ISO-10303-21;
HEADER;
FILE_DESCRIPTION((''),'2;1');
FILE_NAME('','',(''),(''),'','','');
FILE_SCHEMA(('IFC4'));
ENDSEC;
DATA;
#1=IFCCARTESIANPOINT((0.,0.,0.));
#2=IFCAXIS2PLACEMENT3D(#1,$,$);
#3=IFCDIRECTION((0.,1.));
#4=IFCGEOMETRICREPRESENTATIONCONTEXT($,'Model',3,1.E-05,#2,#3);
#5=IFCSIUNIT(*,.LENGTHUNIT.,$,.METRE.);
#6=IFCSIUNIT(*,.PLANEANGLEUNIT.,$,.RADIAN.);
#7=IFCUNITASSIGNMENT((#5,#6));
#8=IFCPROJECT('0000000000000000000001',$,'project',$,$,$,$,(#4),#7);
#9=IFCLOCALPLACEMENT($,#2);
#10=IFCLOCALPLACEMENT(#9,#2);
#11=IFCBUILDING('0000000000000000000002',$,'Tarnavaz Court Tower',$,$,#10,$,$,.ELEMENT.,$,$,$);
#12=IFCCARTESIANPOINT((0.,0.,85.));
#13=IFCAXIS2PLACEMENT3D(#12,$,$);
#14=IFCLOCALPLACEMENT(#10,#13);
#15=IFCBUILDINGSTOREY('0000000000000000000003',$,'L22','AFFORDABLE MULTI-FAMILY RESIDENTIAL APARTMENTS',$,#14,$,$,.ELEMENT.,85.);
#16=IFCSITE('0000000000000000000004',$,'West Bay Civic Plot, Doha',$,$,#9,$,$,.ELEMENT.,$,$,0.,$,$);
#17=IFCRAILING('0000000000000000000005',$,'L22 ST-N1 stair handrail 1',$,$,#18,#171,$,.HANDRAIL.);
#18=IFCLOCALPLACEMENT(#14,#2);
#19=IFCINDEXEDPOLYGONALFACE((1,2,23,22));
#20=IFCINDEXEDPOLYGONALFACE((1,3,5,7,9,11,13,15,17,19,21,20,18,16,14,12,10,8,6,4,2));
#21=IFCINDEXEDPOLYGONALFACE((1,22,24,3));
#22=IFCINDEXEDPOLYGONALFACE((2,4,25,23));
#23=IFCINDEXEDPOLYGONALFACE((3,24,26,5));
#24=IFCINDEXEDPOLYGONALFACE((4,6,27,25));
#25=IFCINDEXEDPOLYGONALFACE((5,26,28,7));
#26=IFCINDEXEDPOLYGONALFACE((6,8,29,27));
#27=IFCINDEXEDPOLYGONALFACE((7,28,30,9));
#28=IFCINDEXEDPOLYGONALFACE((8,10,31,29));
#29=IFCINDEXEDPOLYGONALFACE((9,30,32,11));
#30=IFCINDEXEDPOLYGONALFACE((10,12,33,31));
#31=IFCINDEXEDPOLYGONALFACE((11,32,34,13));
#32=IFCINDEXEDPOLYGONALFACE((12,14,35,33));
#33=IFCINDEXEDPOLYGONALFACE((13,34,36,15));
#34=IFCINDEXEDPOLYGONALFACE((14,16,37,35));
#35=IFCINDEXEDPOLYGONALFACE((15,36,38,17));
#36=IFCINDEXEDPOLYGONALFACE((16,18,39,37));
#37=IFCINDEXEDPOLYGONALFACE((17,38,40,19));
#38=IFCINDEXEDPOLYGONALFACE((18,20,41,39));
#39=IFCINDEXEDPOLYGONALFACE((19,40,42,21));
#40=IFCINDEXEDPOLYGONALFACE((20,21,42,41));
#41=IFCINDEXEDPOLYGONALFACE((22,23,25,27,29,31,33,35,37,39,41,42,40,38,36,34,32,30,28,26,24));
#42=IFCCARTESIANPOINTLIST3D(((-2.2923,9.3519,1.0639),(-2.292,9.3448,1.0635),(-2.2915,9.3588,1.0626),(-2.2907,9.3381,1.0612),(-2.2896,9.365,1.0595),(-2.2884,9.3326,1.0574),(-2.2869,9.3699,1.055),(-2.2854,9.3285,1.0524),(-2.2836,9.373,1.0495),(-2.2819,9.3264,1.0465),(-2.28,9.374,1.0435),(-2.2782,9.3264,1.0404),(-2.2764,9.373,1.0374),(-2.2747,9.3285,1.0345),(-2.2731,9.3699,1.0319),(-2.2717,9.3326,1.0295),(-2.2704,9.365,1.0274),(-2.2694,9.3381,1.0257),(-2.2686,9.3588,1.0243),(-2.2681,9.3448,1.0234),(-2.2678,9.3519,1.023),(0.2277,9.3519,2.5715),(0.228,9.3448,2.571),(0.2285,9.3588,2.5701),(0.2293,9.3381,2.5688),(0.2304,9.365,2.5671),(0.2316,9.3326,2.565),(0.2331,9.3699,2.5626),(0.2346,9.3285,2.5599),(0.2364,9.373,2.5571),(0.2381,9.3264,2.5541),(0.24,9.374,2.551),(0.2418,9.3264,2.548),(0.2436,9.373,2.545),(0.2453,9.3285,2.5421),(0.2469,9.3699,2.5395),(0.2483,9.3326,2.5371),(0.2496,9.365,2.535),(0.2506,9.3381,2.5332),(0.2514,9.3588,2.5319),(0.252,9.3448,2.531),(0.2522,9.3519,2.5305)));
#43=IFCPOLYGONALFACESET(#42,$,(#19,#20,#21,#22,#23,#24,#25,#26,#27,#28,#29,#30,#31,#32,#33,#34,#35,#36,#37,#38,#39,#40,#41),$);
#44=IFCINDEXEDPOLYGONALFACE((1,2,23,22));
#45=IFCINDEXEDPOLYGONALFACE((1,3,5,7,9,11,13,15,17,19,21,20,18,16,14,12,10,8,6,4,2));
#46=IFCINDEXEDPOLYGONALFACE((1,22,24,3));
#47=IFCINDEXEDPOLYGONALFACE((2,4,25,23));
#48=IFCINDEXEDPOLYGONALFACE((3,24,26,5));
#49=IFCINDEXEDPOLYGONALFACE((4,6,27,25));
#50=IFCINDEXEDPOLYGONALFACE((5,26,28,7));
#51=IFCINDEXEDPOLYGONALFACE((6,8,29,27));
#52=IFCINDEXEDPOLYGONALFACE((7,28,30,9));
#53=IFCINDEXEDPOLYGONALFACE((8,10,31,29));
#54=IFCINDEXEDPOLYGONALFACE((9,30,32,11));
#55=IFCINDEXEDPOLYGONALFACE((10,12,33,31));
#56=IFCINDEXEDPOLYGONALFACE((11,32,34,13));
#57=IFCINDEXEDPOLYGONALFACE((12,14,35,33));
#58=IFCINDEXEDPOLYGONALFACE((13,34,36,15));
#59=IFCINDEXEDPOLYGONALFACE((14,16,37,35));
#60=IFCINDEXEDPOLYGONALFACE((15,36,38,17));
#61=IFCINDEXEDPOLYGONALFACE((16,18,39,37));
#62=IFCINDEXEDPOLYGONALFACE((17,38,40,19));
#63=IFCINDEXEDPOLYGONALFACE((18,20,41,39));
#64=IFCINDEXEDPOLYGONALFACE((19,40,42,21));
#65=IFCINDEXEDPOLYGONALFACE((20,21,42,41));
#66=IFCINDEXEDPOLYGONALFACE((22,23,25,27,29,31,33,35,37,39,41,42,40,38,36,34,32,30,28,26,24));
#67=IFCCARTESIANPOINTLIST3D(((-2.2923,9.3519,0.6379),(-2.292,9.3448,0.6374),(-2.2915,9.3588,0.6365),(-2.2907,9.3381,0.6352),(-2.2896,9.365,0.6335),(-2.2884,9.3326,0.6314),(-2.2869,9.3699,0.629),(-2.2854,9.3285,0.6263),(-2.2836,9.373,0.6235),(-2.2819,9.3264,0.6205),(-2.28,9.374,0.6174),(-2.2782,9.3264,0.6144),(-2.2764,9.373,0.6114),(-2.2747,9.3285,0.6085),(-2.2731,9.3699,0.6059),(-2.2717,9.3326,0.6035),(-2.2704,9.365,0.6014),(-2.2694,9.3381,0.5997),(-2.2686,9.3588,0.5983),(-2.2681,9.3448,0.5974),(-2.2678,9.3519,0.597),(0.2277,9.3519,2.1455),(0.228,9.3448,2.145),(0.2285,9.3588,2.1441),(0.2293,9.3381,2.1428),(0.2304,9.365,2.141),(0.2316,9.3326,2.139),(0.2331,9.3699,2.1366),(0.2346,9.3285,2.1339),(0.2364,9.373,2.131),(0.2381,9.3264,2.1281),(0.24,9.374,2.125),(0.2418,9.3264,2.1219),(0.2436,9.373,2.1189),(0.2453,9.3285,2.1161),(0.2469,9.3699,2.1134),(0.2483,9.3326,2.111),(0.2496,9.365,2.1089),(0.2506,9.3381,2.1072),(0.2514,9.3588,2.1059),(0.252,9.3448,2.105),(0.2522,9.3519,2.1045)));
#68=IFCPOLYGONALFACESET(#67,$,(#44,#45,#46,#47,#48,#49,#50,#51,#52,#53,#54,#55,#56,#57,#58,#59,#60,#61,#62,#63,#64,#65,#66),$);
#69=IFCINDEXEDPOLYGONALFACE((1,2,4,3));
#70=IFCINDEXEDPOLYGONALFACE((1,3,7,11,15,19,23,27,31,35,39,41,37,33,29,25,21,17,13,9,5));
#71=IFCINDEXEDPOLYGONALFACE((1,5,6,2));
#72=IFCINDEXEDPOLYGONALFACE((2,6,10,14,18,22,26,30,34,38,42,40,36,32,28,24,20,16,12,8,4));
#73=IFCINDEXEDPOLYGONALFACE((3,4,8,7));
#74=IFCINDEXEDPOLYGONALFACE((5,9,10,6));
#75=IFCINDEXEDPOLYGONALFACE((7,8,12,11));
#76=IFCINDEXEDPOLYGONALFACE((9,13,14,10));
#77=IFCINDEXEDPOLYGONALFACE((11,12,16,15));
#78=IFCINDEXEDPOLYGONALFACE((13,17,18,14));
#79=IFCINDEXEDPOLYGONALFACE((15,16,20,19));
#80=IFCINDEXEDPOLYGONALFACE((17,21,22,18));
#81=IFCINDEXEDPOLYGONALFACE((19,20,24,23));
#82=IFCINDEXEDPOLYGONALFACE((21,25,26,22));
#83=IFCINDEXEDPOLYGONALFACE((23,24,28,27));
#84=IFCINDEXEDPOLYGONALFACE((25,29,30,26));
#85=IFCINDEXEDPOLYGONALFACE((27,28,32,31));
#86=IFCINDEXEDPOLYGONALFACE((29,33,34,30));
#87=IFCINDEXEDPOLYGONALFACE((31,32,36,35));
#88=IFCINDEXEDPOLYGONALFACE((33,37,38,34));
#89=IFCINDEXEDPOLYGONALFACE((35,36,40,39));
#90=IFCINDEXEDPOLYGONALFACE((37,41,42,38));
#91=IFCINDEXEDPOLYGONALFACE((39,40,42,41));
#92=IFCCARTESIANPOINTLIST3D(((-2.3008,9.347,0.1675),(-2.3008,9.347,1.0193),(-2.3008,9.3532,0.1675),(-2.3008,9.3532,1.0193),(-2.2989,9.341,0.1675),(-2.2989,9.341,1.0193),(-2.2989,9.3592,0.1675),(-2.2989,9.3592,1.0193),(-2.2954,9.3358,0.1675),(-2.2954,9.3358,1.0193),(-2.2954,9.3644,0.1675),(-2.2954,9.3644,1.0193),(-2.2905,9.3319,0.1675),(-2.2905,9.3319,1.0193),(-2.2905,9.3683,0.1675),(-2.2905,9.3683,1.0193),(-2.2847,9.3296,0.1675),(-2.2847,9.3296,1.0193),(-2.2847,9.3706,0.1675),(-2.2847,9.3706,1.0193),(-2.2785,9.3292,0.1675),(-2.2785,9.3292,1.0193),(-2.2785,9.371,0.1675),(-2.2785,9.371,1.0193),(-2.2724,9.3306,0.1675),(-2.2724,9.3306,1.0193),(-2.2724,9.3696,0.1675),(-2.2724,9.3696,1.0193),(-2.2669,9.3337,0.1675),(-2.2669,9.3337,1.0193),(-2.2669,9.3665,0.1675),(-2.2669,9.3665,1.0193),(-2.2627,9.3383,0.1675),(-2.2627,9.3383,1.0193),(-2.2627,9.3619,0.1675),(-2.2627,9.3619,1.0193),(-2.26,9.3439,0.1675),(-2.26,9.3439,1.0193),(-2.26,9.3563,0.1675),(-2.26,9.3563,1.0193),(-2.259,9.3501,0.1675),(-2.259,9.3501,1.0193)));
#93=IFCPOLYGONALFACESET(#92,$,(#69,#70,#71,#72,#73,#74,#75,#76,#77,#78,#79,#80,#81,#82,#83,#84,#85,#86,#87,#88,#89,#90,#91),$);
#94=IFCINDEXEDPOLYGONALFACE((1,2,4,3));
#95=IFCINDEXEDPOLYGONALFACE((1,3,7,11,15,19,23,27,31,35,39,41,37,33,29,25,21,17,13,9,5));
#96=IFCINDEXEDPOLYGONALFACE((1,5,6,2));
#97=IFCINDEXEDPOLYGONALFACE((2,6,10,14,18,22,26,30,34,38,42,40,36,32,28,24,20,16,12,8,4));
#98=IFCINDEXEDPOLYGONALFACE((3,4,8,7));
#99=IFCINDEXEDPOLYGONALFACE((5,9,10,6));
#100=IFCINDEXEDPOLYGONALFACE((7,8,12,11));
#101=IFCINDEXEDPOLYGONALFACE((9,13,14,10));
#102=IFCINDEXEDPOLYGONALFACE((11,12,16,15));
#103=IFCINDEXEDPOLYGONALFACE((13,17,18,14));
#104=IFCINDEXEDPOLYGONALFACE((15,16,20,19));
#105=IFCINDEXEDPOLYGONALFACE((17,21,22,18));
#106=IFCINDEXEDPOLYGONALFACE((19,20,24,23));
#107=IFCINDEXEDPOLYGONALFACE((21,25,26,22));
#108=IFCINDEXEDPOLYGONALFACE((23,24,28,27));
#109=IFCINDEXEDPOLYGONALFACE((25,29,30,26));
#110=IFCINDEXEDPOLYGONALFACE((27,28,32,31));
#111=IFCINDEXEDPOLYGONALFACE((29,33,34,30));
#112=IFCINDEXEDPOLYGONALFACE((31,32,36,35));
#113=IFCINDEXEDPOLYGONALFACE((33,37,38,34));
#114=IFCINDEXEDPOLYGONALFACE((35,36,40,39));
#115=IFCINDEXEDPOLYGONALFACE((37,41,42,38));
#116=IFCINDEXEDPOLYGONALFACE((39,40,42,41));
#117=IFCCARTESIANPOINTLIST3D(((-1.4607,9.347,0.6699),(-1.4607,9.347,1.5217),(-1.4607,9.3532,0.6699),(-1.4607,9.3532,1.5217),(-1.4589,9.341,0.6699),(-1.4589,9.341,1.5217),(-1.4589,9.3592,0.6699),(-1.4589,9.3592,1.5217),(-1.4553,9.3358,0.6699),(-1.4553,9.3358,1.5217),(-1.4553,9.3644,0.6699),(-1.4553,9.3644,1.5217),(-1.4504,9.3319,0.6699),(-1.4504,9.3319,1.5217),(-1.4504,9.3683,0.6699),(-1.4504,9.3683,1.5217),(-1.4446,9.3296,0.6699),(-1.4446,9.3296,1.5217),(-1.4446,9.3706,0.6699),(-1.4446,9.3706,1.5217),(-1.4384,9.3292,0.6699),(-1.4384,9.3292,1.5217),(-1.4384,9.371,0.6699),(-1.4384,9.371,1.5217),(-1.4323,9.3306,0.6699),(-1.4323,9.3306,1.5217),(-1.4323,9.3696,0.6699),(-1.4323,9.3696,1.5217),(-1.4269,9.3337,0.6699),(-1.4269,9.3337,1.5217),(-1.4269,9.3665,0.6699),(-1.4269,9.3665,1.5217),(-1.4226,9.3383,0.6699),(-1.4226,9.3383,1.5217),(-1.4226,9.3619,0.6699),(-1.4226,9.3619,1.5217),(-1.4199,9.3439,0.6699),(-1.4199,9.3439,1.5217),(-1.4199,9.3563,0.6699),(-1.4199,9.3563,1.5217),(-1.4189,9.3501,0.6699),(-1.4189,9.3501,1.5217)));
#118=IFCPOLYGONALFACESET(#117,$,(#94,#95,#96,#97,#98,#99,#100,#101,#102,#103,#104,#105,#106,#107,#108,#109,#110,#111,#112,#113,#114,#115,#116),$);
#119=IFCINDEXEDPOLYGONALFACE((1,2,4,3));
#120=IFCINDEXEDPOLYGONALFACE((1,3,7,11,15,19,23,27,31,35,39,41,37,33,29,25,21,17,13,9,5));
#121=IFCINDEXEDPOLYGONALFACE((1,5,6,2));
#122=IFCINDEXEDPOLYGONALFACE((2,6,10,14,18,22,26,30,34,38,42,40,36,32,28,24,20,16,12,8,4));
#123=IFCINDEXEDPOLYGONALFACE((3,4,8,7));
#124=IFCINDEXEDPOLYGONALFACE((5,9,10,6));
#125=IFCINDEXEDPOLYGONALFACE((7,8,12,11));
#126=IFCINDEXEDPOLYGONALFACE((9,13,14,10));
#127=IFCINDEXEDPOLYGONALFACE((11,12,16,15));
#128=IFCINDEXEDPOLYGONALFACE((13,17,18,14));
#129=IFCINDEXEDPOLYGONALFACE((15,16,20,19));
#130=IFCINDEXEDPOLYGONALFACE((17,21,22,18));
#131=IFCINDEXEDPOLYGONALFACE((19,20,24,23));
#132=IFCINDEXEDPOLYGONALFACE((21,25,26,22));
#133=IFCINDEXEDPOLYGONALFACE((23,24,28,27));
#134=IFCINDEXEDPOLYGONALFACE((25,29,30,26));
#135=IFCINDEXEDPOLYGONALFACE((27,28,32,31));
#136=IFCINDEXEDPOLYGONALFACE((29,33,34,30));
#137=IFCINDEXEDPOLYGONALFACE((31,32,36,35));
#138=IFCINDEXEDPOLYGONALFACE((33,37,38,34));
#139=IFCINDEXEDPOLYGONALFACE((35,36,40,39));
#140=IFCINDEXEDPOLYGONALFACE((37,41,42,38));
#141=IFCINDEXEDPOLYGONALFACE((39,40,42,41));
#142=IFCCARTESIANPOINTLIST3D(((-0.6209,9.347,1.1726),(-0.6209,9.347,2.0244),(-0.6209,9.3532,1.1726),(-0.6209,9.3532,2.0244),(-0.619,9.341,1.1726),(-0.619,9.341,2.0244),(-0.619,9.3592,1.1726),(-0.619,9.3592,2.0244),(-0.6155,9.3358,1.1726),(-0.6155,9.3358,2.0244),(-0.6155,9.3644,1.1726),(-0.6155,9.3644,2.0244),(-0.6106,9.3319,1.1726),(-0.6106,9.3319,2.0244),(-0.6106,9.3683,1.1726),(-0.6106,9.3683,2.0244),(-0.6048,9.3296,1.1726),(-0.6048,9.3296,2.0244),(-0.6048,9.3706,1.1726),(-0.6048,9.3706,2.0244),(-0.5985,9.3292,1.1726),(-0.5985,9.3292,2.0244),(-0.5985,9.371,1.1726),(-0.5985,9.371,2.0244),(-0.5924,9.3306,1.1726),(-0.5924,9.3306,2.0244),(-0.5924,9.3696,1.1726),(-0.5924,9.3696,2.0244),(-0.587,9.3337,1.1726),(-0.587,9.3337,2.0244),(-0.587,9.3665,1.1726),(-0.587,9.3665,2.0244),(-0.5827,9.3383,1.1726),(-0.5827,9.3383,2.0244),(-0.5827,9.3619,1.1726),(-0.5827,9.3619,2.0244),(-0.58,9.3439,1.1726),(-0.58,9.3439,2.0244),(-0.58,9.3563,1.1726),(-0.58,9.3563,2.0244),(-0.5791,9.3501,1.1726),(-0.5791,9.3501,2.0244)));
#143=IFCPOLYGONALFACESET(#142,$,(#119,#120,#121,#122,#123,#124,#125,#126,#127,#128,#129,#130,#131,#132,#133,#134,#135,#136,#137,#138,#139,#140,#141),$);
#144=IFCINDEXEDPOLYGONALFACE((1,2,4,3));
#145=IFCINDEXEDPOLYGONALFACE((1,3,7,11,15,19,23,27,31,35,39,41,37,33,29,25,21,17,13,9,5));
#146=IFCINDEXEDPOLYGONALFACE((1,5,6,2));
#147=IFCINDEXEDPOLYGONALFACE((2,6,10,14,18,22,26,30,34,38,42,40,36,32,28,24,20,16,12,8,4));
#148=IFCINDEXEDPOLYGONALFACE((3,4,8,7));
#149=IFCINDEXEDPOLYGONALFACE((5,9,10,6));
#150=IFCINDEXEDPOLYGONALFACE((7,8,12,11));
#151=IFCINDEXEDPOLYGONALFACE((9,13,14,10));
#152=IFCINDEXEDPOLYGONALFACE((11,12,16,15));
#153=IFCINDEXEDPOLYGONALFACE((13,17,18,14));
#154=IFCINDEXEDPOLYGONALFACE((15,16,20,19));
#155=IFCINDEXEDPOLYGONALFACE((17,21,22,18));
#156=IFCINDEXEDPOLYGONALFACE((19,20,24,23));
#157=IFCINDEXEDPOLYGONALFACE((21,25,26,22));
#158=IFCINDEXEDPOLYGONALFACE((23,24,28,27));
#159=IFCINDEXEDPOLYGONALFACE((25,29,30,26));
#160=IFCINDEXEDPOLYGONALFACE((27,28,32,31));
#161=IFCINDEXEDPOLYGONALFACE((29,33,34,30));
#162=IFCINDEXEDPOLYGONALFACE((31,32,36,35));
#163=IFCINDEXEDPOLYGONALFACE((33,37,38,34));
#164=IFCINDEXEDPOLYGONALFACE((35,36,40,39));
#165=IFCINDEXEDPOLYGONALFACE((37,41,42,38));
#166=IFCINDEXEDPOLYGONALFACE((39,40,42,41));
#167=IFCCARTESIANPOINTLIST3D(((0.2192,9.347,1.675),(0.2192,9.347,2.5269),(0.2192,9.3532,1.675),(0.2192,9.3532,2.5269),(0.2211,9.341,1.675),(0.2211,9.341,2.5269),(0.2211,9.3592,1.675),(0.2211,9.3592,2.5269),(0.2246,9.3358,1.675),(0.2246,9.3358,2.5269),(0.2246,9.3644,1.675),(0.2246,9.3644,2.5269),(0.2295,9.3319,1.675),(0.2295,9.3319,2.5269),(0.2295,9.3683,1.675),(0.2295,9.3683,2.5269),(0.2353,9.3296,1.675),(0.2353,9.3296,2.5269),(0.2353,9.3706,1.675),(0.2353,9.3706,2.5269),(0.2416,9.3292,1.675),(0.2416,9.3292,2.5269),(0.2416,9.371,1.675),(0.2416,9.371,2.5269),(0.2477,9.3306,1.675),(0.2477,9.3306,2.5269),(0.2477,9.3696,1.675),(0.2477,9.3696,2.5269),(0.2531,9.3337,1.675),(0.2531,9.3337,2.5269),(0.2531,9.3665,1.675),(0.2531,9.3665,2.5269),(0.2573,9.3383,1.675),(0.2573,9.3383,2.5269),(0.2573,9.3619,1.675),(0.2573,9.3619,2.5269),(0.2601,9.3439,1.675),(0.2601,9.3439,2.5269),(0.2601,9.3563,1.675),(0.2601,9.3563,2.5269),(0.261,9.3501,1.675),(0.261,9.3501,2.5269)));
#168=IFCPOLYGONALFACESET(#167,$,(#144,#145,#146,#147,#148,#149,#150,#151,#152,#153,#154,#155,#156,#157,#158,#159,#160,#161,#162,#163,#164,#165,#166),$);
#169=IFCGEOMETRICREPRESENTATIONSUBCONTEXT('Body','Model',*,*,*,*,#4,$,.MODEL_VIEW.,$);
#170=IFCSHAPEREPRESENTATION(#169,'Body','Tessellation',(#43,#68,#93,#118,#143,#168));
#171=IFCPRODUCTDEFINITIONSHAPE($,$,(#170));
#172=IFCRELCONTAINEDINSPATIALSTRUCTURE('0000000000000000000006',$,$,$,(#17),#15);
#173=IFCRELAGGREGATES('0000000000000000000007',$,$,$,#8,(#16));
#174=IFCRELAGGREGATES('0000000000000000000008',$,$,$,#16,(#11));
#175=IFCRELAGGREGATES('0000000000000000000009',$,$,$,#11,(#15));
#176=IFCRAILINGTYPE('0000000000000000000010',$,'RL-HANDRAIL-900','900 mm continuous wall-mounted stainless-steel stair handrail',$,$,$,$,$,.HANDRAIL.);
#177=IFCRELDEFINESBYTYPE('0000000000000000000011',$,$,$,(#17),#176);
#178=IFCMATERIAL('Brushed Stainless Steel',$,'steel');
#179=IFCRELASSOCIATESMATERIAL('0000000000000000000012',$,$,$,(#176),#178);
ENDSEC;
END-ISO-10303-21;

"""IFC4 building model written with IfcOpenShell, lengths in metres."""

from ifc_helpers import new_model, si_unit, direction, frame, origin, origin_2d, place, context, subcontext, project, spatial, circle, extrude, material, type_object, element, save


model = new_model("IFC4")

# Units and contexts
model_context = context("Model", 3, precision=1e-05, world=origin(), true_north=direction((0.0, 1.0)))
body_context = subcontext(model_context, "Body", "Model", "MODEL_VIEW")
ifc_project = project(units=[si_unit("LENGTHUNIT", "METRE"), si_unit("PLANEANGLEUNIT", "RADIAN")], contexts=[model_context])

# Site, building, storey
site_placement = place(None, origin())
site = spatial("IfcSite", under=ifc_project, at=site_placement, Name="West Bay Civic Plot, Doha", CompositionType="ELEMENT", RefElevation=0.0)
building_placement = place(site_placement, origin())
building = spatial("IfcBuilding", under=site, at=building_placement, Name="Tarnavaz Court Tower", CompositionType="ELEMENT")
storey_placement = place(building_placement, frame((0.0, 0.0, 85.0)))
storey = spatial("IfcBuildingStorey", under=building, at=storey_placement, Name="L22", Description="AFFORDABLE MULTI-FAMILY RESIDENTIAL APARTMENTS", CompositionType="ELEMENT", Elevation=85.0)

# Railing
ifc_material_1 = material(Name="Brushed Stainless Steel", Category="steel")
railing_type_1 = type_object("IfcRailingType", Name="RL-HANDRAIL-900", Description="900 mm continuous wall-mounted stainless-steel stair handrail", PredefinedType="HANDRAIL", material=ifc_material_1)
railing_1_placement = place(storey_placement, frame((-2.28, 9.3501, 0.1675)))
element("IfcRailing", 1, at=railing_1_placement, inside=storey, type_object=railing_type_1, Name="L22 ST-N1 stair handrail 1", PredefinedType="HANDRAIL", context=body_context, shape_type="SweptSolid", body=[
    extrude(circle(Radius=0.0239, at=origin_2d()), frame((0.0, 0.0, 0.876), z_axis=(0.85816, 0.0, 0.513383), x_axis=(0.0, 1.0, 0.0)), (0.0, 0.0, 1.0), 2.9365),
    extrude(circle(Radius=0.0239, at=origin_2d()), frame((0.0, 0.0, 0.45), z_axis=(0.85816, 0.0, 0.513383), x_axis=(0.0, 1.0, 0.0)), (0.0, 0.0, 1.0), 2.9365),
    extrude(circle(Radius=0.021, at=origin_2d()), origin(), (0.0, 0.0, 1.0), 0.8518),
    extrude(circle(Radius=0.021, at=origin_2d()), frame((0.8401, 0.0, 0.5024)), (0.0, 0.0, 1.0), 0.8518),
    extrude(circle(Radius=0.021, at=origin_2d()), frame((1.6799, 0.0, 1.0051)), (0.0, 0.0, 1.0), 0.8518),
    extrude(circle(Radius=0.021, at=origin_2d()), frame((2.52, 0.0, 1.5076)), (0.0, 0.0, 1.0), 0.8518),
])

save(model, "model.ifc")
